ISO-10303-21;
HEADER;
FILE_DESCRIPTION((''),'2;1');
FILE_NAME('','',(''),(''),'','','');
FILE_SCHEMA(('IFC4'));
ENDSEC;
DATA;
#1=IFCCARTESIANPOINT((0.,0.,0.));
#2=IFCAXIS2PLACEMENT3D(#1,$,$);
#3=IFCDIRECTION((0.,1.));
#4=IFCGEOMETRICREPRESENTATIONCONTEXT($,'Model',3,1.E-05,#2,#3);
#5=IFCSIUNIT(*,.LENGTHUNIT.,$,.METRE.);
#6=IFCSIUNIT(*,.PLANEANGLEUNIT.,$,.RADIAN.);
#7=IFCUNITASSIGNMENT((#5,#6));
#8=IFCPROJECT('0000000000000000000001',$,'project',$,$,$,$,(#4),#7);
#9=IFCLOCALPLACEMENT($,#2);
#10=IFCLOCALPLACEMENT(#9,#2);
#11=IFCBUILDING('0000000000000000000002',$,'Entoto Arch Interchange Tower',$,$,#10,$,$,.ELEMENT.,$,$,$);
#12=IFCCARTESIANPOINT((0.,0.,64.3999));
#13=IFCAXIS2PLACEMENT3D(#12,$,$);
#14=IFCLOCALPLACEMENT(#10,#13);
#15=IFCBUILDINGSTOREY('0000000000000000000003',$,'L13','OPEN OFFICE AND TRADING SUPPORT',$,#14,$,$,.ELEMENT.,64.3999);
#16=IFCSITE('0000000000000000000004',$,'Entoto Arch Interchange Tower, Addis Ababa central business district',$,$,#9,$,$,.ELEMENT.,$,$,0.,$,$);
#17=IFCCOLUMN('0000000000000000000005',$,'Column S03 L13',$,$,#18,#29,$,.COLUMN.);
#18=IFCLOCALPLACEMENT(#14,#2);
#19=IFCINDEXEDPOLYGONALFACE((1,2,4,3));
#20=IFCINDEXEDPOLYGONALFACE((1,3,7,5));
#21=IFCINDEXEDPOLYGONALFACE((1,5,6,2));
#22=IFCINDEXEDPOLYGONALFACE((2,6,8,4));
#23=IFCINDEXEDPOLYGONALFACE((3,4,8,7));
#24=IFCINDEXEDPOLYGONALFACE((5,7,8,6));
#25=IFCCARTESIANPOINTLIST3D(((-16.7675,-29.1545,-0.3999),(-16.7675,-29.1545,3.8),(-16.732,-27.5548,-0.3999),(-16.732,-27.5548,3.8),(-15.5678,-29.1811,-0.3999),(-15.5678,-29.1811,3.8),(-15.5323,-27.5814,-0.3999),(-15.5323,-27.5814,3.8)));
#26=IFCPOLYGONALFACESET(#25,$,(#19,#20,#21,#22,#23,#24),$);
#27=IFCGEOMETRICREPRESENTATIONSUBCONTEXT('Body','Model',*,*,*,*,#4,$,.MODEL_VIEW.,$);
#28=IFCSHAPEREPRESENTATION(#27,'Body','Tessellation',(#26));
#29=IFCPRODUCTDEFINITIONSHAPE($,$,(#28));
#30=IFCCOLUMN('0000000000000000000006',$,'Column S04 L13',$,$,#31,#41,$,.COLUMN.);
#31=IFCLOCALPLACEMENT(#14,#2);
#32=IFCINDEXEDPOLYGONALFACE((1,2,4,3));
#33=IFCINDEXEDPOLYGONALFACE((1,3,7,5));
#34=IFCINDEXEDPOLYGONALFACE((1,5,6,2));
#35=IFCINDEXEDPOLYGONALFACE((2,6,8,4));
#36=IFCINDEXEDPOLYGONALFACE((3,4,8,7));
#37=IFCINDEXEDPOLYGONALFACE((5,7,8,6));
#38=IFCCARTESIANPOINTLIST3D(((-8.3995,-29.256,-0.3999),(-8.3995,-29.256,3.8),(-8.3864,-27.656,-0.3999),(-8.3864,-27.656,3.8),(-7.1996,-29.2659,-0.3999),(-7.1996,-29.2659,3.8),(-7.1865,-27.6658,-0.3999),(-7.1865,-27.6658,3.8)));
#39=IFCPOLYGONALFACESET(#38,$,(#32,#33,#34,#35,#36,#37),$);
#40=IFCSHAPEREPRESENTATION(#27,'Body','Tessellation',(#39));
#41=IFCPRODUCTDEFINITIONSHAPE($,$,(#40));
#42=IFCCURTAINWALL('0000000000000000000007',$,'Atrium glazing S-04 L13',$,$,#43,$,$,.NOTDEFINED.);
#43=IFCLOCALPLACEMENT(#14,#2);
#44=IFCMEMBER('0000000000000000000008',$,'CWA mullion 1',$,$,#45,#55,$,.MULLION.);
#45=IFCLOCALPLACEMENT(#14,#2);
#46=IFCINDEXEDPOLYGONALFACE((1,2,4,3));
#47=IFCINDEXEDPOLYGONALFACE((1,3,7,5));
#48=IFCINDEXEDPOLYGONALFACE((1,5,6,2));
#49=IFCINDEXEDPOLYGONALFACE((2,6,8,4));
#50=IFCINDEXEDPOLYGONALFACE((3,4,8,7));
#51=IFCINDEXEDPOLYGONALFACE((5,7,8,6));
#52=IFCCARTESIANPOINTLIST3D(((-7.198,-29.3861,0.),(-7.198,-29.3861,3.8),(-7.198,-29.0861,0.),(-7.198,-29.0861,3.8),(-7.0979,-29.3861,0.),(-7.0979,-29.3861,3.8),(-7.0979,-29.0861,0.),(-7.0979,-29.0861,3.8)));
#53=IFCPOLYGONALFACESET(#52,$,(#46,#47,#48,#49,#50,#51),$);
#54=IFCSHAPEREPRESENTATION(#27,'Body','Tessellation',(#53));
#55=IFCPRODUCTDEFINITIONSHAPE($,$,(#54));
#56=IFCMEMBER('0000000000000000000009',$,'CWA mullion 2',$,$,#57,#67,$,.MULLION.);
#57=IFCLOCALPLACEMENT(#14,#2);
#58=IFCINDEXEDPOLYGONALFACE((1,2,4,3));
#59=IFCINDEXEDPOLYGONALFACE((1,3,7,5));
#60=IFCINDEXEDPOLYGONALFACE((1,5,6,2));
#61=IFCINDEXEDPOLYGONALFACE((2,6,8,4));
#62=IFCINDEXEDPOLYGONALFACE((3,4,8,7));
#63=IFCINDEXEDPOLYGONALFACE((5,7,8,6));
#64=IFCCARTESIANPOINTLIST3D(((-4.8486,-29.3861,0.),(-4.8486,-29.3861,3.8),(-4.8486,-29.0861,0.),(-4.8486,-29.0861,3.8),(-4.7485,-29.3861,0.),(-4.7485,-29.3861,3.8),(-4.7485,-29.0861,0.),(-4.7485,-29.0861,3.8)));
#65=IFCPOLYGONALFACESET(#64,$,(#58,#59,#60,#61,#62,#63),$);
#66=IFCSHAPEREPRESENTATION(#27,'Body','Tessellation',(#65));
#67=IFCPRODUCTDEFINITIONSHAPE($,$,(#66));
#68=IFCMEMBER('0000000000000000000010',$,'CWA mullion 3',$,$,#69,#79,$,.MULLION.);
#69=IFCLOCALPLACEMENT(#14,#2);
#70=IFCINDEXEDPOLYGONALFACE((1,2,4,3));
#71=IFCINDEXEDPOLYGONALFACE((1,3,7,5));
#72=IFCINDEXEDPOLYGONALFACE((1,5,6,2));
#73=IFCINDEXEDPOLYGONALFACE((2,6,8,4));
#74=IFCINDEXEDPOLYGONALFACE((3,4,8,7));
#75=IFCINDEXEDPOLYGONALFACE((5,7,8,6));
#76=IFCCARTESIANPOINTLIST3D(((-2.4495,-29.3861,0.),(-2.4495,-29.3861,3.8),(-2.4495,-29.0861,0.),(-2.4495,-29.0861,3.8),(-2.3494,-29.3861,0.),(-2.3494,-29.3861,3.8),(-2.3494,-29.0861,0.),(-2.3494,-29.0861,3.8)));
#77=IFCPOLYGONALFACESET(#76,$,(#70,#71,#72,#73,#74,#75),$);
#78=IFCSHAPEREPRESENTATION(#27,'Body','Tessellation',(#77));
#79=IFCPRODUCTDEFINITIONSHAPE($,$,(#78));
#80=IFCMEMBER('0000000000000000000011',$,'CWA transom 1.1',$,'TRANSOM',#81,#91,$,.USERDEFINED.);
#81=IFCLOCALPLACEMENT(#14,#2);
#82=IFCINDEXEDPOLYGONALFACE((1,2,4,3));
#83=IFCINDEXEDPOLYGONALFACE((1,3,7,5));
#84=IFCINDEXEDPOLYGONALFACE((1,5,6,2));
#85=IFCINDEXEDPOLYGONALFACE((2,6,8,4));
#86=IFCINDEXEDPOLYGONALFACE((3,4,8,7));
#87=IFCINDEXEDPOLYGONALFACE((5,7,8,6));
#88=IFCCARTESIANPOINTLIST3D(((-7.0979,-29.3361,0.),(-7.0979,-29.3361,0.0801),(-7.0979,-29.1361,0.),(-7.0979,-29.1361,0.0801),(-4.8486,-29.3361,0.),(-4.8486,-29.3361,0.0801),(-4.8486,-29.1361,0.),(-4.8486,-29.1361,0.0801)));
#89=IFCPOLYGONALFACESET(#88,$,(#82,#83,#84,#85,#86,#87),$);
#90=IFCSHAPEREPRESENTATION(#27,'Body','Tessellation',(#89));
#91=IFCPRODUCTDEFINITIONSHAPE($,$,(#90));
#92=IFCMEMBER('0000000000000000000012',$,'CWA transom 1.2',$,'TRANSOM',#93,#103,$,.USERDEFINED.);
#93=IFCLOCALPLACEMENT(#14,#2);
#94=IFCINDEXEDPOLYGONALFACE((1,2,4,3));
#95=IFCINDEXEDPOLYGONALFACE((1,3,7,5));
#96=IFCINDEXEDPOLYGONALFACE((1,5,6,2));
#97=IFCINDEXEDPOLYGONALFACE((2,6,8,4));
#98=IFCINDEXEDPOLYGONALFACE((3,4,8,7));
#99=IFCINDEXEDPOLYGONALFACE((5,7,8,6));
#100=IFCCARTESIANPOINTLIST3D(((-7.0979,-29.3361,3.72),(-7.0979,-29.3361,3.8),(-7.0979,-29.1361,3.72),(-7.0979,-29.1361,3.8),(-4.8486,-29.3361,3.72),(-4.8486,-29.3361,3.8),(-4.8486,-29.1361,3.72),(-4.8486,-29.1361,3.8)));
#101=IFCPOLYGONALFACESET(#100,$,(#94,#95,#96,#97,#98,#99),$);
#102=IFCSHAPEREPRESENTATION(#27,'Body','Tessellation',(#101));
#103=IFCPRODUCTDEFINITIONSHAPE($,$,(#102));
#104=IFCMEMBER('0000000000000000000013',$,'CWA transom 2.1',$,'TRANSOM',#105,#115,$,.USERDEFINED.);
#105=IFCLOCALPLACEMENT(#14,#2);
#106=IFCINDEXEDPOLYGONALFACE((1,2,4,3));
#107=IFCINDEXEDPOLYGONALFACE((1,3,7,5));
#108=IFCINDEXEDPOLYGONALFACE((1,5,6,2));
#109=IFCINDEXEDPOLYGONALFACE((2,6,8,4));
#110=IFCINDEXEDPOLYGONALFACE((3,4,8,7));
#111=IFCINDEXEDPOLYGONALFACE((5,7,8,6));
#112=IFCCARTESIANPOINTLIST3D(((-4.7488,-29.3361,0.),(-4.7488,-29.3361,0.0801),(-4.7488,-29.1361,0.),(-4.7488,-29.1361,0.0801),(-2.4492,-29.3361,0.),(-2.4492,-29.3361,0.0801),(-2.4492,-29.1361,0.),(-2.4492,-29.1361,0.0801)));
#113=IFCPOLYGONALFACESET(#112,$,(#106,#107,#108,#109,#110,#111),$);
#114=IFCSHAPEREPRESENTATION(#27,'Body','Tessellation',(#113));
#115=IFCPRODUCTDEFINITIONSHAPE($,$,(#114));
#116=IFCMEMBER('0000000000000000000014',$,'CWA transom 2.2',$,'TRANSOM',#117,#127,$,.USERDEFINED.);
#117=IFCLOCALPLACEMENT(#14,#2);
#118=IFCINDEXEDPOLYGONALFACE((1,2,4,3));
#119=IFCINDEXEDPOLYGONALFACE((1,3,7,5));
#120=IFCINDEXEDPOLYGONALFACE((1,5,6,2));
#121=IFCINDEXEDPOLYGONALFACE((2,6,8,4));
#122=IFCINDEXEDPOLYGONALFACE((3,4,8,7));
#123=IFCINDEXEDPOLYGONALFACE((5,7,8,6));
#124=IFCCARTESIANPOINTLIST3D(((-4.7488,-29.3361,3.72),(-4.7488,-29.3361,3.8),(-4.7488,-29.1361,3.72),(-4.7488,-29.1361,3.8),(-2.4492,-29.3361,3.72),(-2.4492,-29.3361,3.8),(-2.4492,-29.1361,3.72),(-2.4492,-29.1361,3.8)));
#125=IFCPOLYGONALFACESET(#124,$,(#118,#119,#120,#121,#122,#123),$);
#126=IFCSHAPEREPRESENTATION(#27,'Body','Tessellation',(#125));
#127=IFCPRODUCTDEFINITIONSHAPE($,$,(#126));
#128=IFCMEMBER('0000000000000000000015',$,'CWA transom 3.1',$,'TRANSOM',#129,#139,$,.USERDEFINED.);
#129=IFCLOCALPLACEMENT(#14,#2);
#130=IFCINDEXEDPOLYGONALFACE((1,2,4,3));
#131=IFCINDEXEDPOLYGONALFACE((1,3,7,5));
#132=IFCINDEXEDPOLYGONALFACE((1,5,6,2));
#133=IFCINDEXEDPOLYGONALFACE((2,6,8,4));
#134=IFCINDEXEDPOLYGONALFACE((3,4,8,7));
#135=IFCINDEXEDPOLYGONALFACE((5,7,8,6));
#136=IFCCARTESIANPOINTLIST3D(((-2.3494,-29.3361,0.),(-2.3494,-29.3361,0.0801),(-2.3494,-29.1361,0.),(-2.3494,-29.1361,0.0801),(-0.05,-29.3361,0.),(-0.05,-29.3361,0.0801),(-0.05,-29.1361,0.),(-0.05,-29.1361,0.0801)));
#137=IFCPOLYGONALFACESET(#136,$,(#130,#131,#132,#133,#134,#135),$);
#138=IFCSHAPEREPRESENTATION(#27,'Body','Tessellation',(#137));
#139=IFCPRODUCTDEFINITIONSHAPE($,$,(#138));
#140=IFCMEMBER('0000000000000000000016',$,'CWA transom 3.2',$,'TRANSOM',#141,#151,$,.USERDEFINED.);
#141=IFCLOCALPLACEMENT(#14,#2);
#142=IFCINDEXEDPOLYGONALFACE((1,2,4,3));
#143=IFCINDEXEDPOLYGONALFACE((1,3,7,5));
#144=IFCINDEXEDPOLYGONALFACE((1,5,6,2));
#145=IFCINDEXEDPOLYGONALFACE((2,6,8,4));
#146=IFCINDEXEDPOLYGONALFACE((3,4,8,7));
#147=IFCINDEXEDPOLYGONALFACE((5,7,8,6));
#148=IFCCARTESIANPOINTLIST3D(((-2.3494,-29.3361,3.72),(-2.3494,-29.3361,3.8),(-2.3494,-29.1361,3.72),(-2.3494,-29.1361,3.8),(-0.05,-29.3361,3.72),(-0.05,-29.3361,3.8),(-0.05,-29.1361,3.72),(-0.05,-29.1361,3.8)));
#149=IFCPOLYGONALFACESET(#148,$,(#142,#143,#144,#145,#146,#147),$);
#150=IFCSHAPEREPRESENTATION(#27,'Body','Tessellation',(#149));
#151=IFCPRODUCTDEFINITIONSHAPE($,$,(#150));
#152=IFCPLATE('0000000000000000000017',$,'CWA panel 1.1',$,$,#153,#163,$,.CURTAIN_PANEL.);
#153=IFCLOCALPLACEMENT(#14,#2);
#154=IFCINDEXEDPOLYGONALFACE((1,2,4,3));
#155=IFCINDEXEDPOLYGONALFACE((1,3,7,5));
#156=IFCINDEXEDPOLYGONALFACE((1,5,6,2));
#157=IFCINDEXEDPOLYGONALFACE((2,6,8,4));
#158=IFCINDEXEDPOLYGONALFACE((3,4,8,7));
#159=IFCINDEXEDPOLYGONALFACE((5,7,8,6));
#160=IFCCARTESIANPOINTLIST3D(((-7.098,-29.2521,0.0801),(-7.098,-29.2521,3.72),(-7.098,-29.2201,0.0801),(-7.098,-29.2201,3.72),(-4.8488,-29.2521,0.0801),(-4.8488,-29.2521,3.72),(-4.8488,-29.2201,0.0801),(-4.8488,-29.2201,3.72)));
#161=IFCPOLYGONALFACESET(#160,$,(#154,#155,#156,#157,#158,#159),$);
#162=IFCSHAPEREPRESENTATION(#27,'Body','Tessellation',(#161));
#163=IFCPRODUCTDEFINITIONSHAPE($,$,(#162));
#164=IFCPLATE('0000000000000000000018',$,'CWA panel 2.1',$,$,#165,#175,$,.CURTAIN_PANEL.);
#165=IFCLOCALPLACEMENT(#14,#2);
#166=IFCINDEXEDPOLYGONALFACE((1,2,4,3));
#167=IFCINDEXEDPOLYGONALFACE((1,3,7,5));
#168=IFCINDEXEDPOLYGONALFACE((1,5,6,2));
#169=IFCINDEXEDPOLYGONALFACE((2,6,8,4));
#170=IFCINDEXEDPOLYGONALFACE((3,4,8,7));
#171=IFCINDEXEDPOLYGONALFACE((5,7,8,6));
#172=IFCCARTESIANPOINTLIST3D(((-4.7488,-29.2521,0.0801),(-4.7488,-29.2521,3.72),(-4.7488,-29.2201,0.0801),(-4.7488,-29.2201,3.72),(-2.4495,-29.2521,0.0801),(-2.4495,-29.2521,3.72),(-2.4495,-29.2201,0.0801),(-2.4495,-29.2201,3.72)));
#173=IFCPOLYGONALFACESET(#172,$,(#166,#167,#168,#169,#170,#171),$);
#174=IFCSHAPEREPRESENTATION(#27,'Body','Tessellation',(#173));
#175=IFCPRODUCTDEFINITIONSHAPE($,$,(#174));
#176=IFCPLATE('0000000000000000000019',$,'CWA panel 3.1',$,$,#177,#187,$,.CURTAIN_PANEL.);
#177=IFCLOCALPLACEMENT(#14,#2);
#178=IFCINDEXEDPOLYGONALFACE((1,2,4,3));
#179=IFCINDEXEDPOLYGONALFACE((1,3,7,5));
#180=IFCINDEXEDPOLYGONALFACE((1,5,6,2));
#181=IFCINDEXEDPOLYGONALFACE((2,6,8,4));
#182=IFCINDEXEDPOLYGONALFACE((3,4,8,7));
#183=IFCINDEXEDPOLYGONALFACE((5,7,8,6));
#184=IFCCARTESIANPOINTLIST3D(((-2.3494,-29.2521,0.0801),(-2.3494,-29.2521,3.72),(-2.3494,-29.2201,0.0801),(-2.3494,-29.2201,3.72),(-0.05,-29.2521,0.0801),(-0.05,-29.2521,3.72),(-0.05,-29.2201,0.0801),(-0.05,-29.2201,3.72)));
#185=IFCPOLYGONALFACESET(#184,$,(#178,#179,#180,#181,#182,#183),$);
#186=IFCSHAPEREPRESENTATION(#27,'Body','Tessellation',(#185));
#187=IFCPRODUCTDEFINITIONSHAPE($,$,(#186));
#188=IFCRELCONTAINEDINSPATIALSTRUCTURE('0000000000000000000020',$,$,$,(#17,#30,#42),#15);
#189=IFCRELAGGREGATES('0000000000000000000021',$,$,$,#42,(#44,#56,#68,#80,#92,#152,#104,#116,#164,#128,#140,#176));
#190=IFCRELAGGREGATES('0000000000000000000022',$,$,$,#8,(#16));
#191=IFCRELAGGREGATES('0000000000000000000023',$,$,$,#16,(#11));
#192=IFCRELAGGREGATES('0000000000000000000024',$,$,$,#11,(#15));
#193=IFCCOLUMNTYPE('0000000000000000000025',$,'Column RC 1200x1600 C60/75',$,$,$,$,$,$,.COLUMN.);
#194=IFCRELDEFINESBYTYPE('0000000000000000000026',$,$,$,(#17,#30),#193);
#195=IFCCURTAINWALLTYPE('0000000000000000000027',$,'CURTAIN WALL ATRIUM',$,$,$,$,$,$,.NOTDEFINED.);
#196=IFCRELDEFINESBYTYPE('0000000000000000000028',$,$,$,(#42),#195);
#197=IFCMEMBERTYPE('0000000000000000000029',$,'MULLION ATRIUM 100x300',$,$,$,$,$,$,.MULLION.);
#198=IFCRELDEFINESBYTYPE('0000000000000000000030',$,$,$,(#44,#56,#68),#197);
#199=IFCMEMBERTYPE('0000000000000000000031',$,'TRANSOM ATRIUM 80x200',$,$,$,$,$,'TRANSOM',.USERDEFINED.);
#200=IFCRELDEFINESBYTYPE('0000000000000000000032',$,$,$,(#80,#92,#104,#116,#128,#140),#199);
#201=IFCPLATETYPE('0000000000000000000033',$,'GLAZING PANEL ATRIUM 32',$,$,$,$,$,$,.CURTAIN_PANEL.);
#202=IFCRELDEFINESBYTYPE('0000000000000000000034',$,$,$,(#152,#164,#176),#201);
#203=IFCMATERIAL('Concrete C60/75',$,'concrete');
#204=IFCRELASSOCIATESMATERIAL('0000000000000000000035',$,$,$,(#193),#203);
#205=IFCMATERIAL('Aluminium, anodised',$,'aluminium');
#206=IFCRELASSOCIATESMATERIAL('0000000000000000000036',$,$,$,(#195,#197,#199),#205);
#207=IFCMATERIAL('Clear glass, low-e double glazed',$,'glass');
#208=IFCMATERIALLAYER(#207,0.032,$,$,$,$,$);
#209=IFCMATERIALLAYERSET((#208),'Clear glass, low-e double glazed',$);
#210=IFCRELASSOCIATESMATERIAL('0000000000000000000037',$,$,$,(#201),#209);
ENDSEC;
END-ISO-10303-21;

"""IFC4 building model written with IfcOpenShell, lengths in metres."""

from ifc_helpers import new_model, si_unit, direction, frame, origin, origin_2d, place, context, subcontext, project, spatial, rectangle, extrude, material, layer, layer_set, material_profile, profile_set, type_object, element, aggregate, save


model = new_model("IFC4")

# Units and contexts
model_context = context("Model", 3, precision=1e-05, world=origin(), true_north=direction((0.0, 1.0)))
body_context = subcontext(model_context, "Body", "Model", "MODEL_VIEW")
ifc_project = project(units=[si_unit("LENGTHUNIT", "METRE"), si_unit("PLANEANGLEUNIT", "RADIAN")], contexts=[model_context])

# Site, building, storey
site_placement = place(None, origin())
site = spatial("IfcSite", under=ifc_project, at=site_placement, Name="Entoto Arch Interchange Tower, Addis Ababa central business district", CompositionType="ELEMENT", RefElevation=0.0)
building_placement = place(site_placement, origin())
building = spatial("IfcBuilding", under=site, at=building_placement, Name="Entoto Arch Interchange Tower", CompositionType="ELEMENT")
storey_placement = place(building_placement, frame((0.0, 0.0, 64.3999)))
storey = spatial("IfcBuildingStorey", under=building, at=storey_placement, Name="L13", Description="OPEN OFFICE AND TRADING SUPPORT", CompositionType="ELEMENT", Elevation=64.3999)

# Columns
ifc_material_1 = material(Name="Concrete C60/75", Category="concrete")
ifc_material_profile_1 = material_profile(ifc_material_1, rectangle(XDim=1.2, YDim=1.6001, at=origin_2d()))
ifc_profile_set_1 = profile_set([ifc_material_profile_1], Name="Concrete C60/75")
column_type = type_object("IfcColumnType", Name="Column RC 1200x1600 C60/75", PredefinedType="COLUMN", material=ifc_profile_set_1)
for number, where, z_axis, x_axis, name in (
    (1, (-16.1499, -28.3679, -0.3999), (0.0, 0.0, 1.0), (-0.999754, 0.022164, 0.0), "Column S03 L13"),
    (2, (-7.793, -28.4609, -0.3999), (0.0, 0.0, 1.0), (-0.999966, 0.008203, 0.0), "Column S04 L13"),
):
    element("IfcColumn", number, at=place(storey_placement, frame(where, z_axis=z_axis, x_axis=x_axis)), inside=storey, type_object=column_type, Name=name, PredefinedType="COLUMN", context=body_context, shape_type="SweptSolid", body=[
        extrude(rectangle(XDim=1.2, YDim=1.6001, at=origin_2d()), origin(), (0.0, 0.0, 1.0), 4.2),
    ])

# Curtain wall, members, plates
ifc_material_2 = material(Name="Aluminium, anodised", Category="aluminium")
curtain_wall_type = type_object("IfcCurtainWallType", Name="CURTAIN WALL ATRIUM", PredefinedType="NOTDEFINED", material=ifc_material_2)
curtain_wall_placement = place(storey_placement, origin())
curtain_wall = element("IfcCurtainWall", 3, at=curtain_wall_placement, inside=storey, type_object=curtain_wall_type, Name="Atrium glazing S-04 L13", PredefinedType="NOTDEFINED")
ifc_material_profile_2 = material_profile(ifc_material_2, rectangle(XDim=0.3, YDim=0.1001, at=origin_2d()))
ifc_profile_set_2 = profile_set([ifc_material_profile_2], Name="Aluminium, anodised")
member_type_1 = type_object("IfcMemberType", Name="MULLION ATRIUM 100x300", PredefinedType="MULLION", material=ifc_profile_set_2)
member_1_placement = place(storey_placement, frame((-7.1479, -29.2361, 0.0), z_axis=(0.0, 0.0, 1.0), x_axis=(0.0, 1.0, 0.0)))
member_1 = element("IfcMember", 4, at=member_1_placement, type_object=member_type_1, Name="CWA mullion 1", PredefinedType="MULLION", context=body_context, shape_type="SweptSolid", body=[
    extrude(rectangle(XDim=0.3, YDim=0.1001, at=origin_2d()), origin(), (0.0, 0.0, 1.0), 3.8),
])
member_2_placement = place(storey_placement, frame((-4.7986, -29.2361, 0.0), z_axis=(0.0, 0.0, 1.0), x_axis=(0.0, 1.0, 0.0)))
member_2 = element("IfcMember", 5, at=member_2_placement, type_object=member_type_1, Name="CWA mullion 2", PredefinedType="MULLION", context=body_context, shape_type="SweptSolid", body=[
    extrude(rectangle(XDim=0.3, YDim=0.1001, at=origin_2d()), origin(), (0.0, 0.0, 1.0), 3.8),
])
member_3_placement = place(storey_placement, frame((-2.3994, -29.2361, 0.0), z_axis=(0.0, 0.0, 1.0), x_axis=(0.0, 1.0, 0.0)))
member_3 = element("IfcMember", 6, at=member_3_placement, type_object=member_type_1, Name="CWA mullion 3", PredefinedType="MULLION", context=body_context, shape_type="SweptSolid", body=[
    extrude(rectangle(XDim=0.3, YDim=0.1001, at=origin_2d()), origin(), (0.0, 0.0, 1.0), 3.8),
])
ifc_material_profile_3 = material_profile(ifc_material_2, rectangle(XDim=0.2, YDim=0.0801, at=origin_2d()))
ifc_profile_set_3 = profile_set([ifc_material_profile_3], Name="Aluminium, anodised")
member_type_2 = type_object("IfcMemberType", Name="TRANSOM ATRIUM 80x200", ElementType="TRANSOM", PredefinedType="USERDEFINED", material=ifc_profile_set_3)
member_4_placement = place(storey_placement, frame((-7.0979, -29.2361, 0.04), z_axis=(1.0, 0.0, 0.0), x_axis=(0.0, 1.0, 0.0)))
member_4 = element("IfcMember", 7, at=member_4_placement, type_object=member_type_2, Name="CWA transom 1.1", ObjectType="TRANSOM", PredefinedType="USERDEFINED", context=body_context, shape_type="SweptSolid", body=[
    extrude(rectangle(XDim=0.2, YDim=0.0801, at=origin_2d()), origin(), (0.0, 0.0, 1.0), 2.2493),
])
member_5_placement = place(storey_placement, frame((-7.0979, -29.2361, 3.76), z_axis=(1.0, 0.0, 0.0), x_axis=(0.0, 1.0, 0.0)))
member_5 = element("IfcMember", 8, at=member_5_placement, type_object=member_type_2, Name="CWA transom 1.2", ObjectType="TRANSOM", PredefinedType="USERDEFINED", context=body_context, shape_type="SweptSolid", body=[
    extrude(rectangle(XDim=0.2, YDim=0.0801, at=origin_2d()), origin(), (0.0, 0.0, 1.0), 2.2493),
])
member_6_placement = place(storey_placement, frame((-4.7488, -29.2361, 0.04), z_axis=(1.0, 0.0, 0.0), x_axis=(0.0, 1.0, 0.0)))
member_6 = element("IfcMember", 9, at=member_6_placement, type_object=member_type_2, Name="CWA transom 2.1", ObjectType="TRANSOM", PredefinedType="USERDEFINED", context=body_context, shape_type="SweptSolid", body=[
    extrude(rectangle(XDim=0.2, YDim=0.0801, at=origin_2d()), origin(), (0.0, 0.0, 1.0), 2.2996),
])
member_7_placement = place(storey_placement, frame((-4.7488, -29.2361, 3.76), z_axis=(1.0, 0.0, 0.0), x_axis=(0.0, 1.0, 0.0)))
member_7 = element("IfcMember", 10, at=member_7_placement, type_object=member_type_2, Name="CWA transom 2.2", ObjectType="TRANSOM", PredefinedType="USERDEFINED", context=body_context, shape_type="SweptSolid", body=[
    extrude(rectangle(XDim=0.2, YDim=0.0801, at=origin_2d()), origin(), (0.0, 0.0, 1.0), 2.2996),
])
member_8_placement = place(storey_placement, frame((-2.3494, -29.2361, 0.04), z_axis=(1.0, 0.0, 0.0), x_axis=(0.0, 1.0, 0.0)))
member_8 = element("IfcMember", 11, at=member_8_placement, type_object=member_type_2, Name="CWA transom 3.1", ObjectType="TRANSOM", PredefinedType="USERDEFINED", context=body_context, shape_type="SweptSolid", body=[
    extrude(rectangle(XDim=0.2, YDim=0.0801, at=origin_2d()), origin(), (0.0, 0.0, 1.0), 2.2993),
])
member_9_placement = place(storey_placement, frame((-2.3494, -29.2361, 3.76), z_axis=(1.0, 0.0, 0.0), x_axis=(0.0, 1.0, 0.0)))
member_9 = element("IfcMember", 12, at=member_9_placement, type_object=member_type_2, Name="CWA transom 3.2", ObjectType="TRANSOM", PredefinedType="USERDEFINED", context=body_context, shape_type="SweptSolid", body=[
    extrude(rectangle(XDim=0.2, YDim=0.0801, at=origin_2d()), origin(), (0.0, 0.0, 1.0), 2.2993),
])
ifc_material_3 = material(Name="Clear glass, low-e double glazed", Category="glass")
ifc_layer_1 = layer(ifc_material_3, 0.032)
ifc_layer_set_1 = layer_set([ifc_layer_1], Name="Clear glass, low-e double glazed")
plate_type = type_object("IfcPlateType", Name="GLAZING PANEL ATRIUM 32", PredefinedType="CURTAIN_PANEL", material=ifc_layer_set_1)
plate_1_placement = place(storey_placement, frame((-5.9734, -29.2361, 0.0801), z_axis=(0.0, 0.0, 1.0), x_axis=(1.0, 0.0, 0.0)))
plate_1 = element("IfcPlate", 13, at=plate_1_placement, type_object=plate_type, Name="CWA panel 1.1", PredefinedType="CURTAIN_PANEL", context=body_context, shape_type="SweptSolid", body=[
    extrude(rectangle(XDim=2.2493, YDim=0.032, at=origin_2d()), origin(), (0.0, 0.0, 1.0), 3.6399),
])
plate_2_placement = place(storey_placement, frame((-3.5991, -29.2361, 0.0801), z_axis=(0.0, 0.0, 1.0), x_axis=(1.0, 0.0, 0.0)))
plate_2 = element("IfcPlate", 14, at=plate_2_placement, type_object=plate_type, Name="CWA panel 2.1", PredefinedType="CURTAIN_PANEL", context=body_context, shape_type="SweptSolid", body=[
    extrude(rectangle(XDim=2.2993, YDim=0.032, at=origin_2d()), origin(), (0.0, 0.0, 1.0), 3.6399),
])
plate_3_placement = place(storey_placement, frame((-1.1997, -29.2361, 0.0801), z_axis=(0.0, 0.0, 1.0), x_axis=(1.0, 0.0, 0.0)))
plate_3 = element("IfcPlate", 15, at=plate_3_placement, type_object=plate_type, Name="CWA panel 3.1", PredefinedType="CURTAIN_PANEL", context=body_context, shape_type="SweptSolid", body=[
    extrude(rectangle(XDim=2.2993, YDim=0.032, at=origin_2d()), origin(), (0.0, 0.0, 1.0), 3.6399),
])
aggregate(curtain_wall, [member_1, member_2, member_3, member_4, member_5, plate_1, member_6, member_7, plate_2, member_8, member_9, plate_3])

save(model, "model.ifc")
